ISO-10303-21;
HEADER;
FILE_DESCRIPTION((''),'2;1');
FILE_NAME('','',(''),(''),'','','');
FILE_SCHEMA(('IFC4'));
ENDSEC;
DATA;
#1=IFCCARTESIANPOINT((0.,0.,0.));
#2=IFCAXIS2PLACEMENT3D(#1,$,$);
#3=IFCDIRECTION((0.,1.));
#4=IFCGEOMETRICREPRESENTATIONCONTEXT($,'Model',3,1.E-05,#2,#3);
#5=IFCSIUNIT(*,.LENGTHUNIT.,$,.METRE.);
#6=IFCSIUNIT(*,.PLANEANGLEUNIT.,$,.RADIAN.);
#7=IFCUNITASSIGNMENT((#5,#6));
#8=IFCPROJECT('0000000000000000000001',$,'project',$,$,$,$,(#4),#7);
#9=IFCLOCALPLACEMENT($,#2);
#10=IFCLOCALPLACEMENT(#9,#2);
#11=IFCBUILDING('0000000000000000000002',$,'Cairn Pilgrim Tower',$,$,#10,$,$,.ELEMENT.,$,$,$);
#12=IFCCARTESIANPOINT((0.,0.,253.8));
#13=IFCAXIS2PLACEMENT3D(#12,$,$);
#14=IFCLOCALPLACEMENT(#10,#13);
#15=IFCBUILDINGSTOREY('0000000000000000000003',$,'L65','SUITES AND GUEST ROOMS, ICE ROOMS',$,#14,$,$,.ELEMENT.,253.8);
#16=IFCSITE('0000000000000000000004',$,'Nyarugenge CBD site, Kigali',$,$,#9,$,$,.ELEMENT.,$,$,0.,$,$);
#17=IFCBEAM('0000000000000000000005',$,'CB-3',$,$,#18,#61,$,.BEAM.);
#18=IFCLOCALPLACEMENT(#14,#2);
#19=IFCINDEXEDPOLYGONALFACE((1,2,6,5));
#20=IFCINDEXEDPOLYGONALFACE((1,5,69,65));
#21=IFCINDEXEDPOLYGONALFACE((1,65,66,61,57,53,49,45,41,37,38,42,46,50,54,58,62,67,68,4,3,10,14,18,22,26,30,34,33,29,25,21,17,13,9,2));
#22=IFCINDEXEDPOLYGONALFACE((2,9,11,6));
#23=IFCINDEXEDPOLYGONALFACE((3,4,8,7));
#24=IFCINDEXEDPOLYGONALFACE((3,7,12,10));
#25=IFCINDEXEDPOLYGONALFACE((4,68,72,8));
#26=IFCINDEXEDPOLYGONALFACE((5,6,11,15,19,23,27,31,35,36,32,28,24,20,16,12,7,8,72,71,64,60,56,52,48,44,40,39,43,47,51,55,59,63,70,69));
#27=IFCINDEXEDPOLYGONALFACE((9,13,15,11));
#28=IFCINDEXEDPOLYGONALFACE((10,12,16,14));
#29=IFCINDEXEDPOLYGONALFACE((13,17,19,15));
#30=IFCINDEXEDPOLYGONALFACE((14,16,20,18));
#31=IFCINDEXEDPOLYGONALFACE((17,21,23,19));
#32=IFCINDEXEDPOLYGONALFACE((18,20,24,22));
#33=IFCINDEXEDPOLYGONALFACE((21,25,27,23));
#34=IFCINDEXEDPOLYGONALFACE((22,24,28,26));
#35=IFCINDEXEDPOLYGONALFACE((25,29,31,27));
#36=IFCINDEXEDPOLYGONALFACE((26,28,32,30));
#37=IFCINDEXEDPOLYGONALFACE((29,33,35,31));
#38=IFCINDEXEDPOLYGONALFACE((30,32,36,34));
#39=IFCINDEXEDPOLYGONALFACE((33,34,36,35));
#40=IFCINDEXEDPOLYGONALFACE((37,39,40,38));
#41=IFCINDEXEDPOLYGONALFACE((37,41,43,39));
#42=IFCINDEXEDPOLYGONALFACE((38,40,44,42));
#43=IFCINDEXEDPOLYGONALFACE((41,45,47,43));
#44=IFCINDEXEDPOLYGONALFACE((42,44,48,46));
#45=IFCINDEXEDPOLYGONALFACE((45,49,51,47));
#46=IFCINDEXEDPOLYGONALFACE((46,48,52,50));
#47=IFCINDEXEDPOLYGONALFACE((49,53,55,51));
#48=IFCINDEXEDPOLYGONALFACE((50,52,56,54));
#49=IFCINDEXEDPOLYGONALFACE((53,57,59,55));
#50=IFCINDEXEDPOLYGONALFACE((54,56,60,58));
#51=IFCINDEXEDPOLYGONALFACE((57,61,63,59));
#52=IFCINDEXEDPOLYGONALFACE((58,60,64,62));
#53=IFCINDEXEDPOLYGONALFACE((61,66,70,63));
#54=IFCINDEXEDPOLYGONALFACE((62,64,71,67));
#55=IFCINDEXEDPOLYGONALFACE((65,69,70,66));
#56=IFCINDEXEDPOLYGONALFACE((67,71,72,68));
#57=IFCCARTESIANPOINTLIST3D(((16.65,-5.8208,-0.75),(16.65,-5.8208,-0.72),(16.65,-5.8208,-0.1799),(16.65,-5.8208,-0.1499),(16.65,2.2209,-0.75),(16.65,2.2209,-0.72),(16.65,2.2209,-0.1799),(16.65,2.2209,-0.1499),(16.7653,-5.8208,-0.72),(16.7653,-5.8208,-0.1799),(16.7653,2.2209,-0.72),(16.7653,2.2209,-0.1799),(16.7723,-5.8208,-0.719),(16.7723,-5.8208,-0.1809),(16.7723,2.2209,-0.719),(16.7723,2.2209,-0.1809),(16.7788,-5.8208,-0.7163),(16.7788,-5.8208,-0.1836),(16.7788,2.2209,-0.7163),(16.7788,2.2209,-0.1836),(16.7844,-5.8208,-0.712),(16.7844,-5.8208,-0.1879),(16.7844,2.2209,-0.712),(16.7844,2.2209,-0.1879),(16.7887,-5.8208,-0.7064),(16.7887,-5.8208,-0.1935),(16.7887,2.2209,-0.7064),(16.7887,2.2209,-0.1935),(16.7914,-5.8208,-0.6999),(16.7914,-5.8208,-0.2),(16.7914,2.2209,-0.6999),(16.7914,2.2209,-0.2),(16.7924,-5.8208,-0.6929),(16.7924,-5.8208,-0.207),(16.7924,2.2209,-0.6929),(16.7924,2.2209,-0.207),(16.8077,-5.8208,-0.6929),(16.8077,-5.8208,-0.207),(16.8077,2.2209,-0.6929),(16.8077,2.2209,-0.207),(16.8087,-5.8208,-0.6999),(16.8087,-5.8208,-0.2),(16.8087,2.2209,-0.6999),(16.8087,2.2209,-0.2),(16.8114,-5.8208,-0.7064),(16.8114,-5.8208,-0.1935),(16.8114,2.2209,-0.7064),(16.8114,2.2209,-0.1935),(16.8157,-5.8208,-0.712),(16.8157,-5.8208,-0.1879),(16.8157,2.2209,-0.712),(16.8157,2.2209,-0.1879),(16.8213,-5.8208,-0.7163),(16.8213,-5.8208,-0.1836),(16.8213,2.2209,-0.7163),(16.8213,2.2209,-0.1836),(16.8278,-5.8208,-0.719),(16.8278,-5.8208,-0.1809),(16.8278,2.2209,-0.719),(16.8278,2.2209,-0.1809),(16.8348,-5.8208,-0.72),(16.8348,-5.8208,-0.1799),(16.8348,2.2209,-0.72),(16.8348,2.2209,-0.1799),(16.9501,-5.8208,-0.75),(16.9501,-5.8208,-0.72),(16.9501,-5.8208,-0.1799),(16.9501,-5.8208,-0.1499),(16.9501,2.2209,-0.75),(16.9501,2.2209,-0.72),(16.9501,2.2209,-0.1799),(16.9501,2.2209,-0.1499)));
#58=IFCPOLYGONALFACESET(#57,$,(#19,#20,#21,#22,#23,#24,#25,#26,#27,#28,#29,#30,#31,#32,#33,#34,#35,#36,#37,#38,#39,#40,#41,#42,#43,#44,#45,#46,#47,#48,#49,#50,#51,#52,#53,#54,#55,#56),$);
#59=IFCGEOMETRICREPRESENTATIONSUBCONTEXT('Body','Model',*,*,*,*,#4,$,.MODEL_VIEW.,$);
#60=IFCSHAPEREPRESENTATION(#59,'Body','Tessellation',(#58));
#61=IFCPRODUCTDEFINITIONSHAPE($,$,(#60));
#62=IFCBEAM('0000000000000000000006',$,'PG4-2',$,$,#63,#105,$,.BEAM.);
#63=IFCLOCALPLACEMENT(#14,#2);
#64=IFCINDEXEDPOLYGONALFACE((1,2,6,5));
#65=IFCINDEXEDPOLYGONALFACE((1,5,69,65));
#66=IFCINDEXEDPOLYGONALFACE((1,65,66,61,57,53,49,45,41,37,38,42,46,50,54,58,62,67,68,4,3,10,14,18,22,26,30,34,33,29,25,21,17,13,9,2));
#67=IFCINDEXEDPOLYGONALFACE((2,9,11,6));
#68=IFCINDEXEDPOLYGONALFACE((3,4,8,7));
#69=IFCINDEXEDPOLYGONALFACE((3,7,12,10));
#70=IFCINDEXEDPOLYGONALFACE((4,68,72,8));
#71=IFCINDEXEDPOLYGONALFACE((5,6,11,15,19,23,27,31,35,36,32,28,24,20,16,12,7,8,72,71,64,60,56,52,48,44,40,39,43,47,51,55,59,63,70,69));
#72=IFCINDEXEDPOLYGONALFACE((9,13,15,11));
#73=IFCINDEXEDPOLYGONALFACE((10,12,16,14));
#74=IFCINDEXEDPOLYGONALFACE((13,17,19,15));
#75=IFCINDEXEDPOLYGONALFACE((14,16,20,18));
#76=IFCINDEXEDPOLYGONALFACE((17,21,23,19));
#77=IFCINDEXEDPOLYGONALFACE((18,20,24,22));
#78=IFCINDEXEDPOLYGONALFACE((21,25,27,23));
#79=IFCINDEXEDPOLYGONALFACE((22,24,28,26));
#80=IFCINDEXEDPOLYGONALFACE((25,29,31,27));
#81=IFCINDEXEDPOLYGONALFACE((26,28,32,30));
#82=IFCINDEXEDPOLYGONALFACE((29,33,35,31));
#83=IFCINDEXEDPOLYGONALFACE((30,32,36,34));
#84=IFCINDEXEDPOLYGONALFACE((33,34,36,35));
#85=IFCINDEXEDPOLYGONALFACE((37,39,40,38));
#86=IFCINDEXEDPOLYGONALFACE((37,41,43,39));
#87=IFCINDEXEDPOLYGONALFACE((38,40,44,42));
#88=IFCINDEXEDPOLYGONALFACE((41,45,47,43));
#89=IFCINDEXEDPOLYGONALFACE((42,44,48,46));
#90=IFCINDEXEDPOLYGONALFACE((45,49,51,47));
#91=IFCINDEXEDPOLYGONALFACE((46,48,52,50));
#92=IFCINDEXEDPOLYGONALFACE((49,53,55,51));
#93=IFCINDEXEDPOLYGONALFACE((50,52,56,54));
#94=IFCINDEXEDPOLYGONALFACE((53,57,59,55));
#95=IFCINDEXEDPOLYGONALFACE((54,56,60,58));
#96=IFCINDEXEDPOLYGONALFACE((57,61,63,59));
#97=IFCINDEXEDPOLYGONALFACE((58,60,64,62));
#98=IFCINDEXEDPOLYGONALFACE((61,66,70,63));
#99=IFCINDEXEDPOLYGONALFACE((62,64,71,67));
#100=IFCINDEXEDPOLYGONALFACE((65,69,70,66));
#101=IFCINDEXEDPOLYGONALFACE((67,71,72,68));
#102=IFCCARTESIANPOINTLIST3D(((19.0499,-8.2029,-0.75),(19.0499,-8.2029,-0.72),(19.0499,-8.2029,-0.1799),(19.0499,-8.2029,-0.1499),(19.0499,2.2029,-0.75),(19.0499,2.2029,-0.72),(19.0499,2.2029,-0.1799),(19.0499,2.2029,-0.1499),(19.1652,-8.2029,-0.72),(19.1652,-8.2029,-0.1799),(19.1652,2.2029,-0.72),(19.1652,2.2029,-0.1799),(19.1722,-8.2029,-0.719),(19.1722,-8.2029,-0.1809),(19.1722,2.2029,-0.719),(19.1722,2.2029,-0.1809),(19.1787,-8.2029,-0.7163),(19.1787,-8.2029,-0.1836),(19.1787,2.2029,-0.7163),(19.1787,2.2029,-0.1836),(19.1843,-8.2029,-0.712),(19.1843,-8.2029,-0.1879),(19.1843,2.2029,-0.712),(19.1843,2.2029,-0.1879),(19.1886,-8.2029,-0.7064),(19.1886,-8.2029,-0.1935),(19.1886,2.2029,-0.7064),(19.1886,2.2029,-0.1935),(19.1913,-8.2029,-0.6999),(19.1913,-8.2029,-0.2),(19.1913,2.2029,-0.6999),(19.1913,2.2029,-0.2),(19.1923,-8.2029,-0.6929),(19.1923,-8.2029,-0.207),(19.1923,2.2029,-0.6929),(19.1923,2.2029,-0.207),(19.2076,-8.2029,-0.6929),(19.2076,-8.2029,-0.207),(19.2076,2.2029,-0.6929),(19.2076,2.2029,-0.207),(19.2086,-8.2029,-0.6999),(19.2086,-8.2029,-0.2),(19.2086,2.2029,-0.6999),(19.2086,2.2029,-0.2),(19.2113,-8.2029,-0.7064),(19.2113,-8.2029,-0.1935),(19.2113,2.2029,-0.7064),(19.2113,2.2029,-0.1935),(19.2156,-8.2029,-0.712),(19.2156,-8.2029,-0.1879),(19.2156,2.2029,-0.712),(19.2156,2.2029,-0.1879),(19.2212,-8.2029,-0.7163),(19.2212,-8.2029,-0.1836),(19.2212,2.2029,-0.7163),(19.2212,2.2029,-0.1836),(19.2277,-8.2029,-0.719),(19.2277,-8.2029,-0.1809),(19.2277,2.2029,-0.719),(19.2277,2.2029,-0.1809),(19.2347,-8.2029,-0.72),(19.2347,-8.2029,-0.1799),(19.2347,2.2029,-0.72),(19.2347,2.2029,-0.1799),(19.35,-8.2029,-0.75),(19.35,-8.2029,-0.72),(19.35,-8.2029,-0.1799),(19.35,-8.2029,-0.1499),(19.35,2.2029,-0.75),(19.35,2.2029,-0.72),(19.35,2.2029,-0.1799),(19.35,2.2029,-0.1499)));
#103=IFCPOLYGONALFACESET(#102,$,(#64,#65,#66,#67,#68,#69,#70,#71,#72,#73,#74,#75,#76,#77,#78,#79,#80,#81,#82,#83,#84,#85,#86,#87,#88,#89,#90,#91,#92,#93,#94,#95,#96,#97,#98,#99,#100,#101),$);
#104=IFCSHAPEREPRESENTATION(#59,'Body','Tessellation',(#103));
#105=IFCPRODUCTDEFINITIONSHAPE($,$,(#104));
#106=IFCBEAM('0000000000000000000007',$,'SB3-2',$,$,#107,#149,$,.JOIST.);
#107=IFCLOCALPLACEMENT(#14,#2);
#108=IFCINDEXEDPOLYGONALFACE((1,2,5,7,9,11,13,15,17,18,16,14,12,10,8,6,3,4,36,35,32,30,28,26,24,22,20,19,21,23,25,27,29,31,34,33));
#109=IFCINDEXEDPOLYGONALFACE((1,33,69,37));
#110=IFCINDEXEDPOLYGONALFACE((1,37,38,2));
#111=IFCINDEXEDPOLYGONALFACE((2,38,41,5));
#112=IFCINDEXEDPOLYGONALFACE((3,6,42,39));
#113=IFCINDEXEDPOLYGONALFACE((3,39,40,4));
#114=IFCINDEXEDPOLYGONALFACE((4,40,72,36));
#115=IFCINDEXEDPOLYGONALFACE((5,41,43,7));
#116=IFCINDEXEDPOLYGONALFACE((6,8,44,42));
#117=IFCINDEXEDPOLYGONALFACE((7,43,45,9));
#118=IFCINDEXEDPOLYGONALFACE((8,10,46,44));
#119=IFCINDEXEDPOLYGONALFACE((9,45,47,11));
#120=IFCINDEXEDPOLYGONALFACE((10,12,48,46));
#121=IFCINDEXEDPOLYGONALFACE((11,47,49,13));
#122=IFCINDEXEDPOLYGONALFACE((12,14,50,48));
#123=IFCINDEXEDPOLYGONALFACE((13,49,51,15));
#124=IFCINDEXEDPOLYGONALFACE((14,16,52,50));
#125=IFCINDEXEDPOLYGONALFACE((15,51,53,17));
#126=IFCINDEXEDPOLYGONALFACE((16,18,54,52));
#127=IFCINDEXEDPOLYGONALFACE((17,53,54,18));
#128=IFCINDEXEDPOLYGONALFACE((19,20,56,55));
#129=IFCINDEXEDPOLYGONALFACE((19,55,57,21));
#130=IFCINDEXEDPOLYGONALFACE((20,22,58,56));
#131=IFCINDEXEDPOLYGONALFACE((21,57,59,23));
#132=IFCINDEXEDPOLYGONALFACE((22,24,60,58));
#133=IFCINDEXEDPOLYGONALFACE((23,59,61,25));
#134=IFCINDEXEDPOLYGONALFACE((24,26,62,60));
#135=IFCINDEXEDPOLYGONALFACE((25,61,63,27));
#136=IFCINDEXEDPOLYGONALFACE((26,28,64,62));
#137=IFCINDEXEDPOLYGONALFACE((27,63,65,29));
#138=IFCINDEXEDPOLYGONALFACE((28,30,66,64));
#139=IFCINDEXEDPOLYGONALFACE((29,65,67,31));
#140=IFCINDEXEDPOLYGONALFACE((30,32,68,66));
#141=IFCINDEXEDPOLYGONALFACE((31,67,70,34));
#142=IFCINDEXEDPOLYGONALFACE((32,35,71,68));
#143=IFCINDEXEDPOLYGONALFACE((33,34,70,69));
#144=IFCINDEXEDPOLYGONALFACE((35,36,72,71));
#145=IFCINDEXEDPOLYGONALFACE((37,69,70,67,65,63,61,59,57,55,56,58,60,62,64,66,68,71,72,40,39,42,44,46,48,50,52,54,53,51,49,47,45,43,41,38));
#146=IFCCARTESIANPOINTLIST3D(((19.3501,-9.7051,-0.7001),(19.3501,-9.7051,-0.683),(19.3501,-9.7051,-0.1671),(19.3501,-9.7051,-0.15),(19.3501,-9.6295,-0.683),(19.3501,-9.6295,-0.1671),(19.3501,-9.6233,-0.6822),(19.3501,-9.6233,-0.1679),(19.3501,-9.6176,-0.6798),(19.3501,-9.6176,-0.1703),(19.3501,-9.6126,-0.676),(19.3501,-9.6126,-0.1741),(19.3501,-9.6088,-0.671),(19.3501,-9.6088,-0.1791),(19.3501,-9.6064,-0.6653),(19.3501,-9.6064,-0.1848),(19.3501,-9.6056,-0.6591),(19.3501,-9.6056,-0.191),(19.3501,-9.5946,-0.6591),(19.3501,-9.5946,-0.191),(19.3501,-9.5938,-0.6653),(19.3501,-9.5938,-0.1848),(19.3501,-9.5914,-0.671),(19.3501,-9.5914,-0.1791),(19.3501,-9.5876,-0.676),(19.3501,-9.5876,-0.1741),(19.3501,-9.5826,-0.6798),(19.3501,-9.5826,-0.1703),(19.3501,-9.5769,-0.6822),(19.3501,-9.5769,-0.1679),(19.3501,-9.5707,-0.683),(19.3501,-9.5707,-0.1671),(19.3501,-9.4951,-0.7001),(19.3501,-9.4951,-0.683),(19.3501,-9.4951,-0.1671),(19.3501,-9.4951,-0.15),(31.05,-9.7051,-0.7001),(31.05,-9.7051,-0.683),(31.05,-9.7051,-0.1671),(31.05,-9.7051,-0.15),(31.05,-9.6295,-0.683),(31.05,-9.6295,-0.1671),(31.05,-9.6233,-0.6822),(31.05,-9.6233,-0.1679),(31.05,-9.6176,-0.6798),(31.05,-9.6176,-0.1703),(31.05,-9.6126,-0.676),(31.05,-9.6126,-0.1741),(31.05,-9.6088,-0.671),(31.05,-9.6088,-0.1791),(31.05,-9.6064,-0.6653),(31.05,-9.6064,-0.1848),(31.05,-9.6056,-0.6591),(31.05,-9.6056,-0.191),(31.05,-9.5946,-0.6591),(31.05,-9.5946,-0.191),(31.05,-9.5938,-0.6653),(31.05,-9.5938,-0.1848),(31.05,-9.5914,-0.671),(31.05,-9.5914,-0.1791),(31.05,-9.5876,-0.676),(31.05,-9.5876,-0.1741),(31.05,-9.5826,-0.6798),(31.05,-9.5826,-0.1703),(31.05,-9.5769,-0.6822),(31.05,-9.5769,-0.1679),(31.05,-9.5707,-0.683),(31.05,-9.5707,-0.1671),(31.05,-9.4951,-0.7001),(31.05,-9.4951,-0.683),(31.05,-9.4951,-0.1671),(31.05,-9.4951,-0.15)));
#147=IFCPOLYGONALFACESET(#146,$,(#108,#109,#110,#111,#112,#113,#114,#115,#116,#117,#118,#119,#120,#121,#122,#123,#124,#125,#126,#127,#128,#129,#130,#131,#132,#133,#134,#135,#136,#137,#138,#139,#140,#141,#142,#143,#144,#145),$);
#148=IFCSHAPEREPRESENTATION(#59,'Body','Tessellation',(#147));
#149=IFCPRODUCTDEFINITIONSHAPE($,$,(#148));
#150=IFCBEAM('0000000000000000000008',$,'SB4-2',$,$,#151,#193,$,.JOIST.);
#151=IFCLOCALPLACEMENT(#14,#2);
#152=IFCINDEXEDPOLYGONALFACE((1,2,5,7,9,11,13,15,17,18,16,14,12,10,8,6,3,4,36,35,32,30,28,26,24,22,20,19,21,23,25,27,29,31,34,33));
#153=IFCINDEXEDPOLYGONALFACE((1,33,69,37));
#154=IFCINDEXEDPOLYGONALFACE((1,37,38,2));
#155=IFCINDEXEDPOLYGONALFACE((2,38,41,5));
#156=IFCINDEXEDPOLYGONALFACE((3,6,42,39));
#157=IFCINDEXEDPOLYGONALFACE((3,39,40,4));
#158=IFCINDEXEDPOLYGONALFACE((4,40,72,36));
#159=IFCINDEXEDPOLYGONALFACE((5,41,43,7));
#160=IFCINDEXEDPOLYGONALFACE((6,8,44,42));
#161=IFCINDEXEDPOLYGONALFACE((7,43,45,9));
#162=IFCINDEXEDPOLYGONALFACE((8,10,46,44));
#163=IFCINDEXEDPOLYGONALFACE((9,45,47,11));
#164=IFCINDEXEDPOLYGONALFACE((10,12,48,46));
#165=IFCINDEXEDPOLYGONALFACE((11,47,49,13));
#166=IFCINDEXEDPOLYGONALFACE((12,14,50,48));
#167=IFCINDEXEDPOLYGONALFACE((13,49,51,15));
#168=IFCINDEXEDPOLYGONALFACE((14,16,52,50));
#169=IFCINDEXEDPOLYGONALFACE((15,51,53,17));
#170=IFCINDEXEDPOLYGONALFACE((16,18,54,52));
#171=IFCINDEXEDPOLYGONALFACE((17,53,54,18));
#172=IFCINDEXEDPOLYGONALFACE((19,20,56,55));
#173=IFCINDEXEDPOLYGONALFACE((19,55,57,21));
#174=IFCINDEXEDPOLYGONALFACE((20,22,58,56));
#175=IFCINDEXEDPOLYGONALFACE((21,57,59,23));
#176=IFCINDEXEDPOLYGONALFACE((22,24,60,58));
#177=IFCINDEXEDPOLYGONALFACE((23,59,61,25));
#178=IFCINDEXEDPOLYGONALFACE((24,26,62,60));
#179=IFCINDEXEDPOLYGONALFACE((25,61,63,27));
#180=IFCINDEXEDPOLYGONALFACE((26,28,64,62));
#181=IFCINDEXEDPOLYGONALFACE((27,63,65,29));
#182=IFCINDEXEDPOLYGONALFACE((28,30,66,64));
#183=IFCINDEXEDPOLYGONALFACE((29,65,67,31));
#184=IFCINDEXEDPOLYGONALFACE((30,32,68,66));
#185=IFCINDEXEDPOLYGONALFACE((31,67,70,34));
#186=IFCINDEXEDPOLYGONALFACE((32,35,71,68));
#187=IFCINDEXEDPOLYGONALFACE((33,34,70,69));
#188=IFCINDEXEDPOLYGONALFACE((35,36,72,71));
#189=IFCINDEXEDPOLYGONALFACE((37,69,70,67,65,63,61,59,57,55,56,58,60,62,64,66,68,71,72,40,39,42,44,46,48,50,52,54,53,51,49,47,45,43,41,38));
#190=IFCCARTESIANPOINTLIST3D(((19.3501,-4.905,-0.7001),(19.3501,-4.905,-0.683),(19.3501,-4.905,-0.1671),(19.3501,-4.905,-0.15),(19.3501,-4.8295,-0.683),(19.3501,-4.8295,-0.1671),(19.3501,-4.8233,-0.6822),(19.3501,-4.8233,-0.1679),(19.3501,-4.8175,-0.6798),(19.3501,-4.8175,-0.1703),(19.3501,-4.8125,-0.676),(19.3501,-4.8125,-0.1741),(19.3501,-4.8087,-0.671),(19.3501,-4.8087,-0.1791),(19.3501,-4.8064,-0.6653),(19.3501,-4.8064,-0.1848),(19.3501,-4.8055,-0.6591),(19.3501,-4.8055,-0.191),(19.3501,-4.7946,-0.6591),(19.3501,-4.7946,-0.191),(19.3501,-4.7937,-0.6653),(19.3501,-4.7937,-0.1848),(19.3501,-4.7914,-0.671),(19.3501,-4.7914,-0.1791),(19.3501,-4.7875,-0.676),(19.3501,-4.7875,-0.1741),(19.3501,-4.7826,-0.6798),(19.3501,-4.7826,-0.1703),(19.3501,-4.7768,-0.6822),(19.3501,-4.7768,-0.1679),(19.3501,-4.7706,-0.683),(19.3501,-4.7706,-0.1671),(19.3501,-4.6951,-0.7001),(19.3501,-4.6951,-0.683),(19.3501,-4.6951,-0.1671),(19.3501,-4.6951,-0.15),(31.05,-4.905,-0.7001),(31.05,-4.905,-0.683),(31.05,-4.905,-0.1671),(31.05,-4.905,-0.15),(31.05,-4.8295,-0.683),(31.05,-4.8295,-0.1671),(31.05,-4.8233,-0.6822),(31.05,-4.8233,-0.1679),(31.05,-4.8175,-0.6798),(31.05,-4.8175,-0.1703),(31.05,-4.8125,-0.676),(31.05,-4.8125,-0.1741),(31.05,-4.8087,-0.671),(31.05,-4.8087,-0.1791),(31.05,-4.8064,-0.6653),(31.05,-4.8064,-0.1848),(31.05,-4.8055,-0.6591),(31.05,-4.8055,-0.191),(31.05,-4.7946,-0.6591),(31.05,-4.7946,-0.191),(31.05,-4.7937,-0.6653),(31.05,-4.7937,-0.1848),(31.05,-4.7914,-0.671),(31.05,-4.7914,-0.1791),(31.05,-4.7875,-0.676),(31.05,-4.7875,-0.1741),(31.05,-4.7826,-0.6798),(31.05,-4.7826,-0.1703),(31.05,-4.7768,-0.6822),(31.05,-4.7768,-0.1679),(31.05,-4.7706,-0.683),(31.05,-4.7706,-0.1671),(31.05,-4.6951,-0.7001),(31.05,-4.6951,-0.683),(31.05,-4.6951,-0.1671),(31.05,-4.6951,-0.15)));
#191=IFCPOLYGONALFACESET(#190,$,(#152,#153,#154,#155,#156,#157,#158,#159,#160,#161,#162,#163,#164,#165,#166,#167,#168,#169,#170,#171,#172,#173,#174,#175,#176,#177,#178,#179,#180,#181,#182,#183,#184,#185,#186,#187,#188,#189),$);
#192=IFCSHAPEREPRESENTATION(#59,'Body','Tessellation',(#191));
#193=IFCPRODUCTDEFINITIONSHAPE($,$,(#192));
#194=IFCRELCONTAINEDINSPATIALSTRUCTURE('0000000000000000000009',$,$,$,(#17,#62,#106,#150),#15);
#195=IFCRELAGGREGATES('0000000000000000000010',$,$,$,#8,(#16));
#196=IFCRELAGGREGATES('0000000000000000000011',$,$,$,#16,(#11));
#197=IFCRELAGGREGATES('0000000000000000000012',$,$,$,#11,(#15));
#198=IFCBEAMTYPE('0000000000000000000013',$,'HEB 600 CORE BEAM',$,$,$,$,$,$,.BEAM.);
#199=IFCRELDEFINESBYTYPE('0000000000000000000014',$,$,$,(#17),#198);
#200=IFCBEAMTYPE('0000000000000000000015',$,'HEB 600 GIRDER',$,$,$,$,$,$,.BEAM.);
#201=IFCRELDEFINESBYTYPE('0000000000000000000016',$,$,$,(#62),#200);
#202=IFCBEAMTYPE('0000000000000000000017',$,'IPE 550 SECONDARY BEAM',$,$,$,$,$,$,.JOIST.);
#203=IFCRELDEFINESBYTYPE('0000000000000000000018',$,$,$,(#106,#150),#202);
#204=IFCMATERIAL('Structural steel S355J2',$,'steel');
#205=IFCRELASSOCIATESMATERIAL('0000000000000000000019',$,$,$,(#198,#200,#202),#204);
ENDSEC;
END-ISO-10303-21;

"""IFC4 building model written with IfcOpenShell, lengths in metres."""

from ifc_helpers import new_model, si_unit, direction, frame, origin, origin_2d, place, context, subcontext, project, spatial, i_section, extrude, material, material_profile, profile_set, type_object, element, save


model = new_model("IFC4")

# Units and contexts
model_context = context("Model", 3, precision=1e-05, world=origin(), true_north=direction((0.0, 1.0)))
body_context = subcontext(model_context, "Body", "Model", "MODEL_VIEW")
ifc_project = project(units=[si_unit("LENGTHUNIT", "METRE"), si_unit("PLANEANGLEUNIT", "RADIAN")], contexts=[model_context])

# Site, building, storey
site_placement = place(None, origin())
site = spatial("IfcSite", under=ifc_project, at=site_placement, Name="Nyarugenge CBD site, Kigali", CompositionType="ELEMENT", RefElevation=0.0)
building_placement = place(site_placement, origin())
building = spatial("IfcBuilding", under=site, at=building_placement, Name="Cairn Pilgrim Tower", CompositionType="ELEMENT")
storey_placement = place(building_placement, frame((0.0, 0.0, 253.8)))
storey = spatial("IfcBuildingStorey", under=building, at=storey_placement, Name="L65", Description="SUITES AND GUEST ROOMS, ICE ROOMS", CompositionType="ELEMENT", Elevation=253.8)

# Shared definitions
ifc_material_1 = material(Name="Structural steel S355J2", Category="steel")

# Beams
ifc_material_profile_1 = material_profile(ifc_material_1, i_section(OverallWidth=0.3, OverallDepth=0.6001, WebThickness=0.0154, FlangeThickness=0.03, FilletRadius=0.0271, at=origin_2d()), Name="HEB 600")
ifc_profile_set_1 = profile_set([ifc_material_profile_1], Name="Structural steel S355J2")
beam_type_1 = type_object("IfcBeamType", Name="HEB 600 CORE BEAM", PredefinedType="BEAM", material=ifc_profile_set_1)
beam_1_placement = place(storey_placement, frame((16.8, -5.8208, -0.45), z_axis=(0.0, 1.0, 0.0), x_axis=(-1.0, 0.0, 0.0)))
element("IfcBeam", 1, at=beam_1_placement, inside=storey, type_object=beam_type_1, Name="CB-3", PredefinedType="BEAM", context=body_context, shape_type="SweptSolid", body=[
    extrude(i_section(OverallWidth=0.3, OverallDepth=0.6001, WebThickness=0.0154, FlangeThickness=0.03, FilletRadius=0.0271, at=origin_2d()), origin(), (0.0, 0.0, 1.0), 8.0417),
])
ifc_material_profile_2 = material_profile(ifc_material_1, i_section(OverallWidth=0.3, OverallDepth=0.6001, WebThickness=0.0154, FlangeThickness=0.03, FilletRadius=0.0271, at=origin_2d()), Name="HEB 600")
ifc_profile_set_2 = profile_set([ifc_material_profile_2], Name="Structural steel S355J2")
beam_type_2 = type_object("IfcBeamType", Name="HEB 600 GIRDER", PredefinedType="BEAM", material=ifc_profile_set_2)
beam_2_placement = place(storey_placement, frame((19.2, -8.2029, -0.45), z_axis=(0.0, 1.0, 0.0), x_axis=(-1.0, 0.0, 0.0)))
element("IfcBeam", 2, at=beam_2_placement, inside=storey, type_object=beam_type_2, Name="PG4-2", PredefinedType="BEAM", context=body_context, shape_type="SweptSolid", body=[
    extrude(i_section(OverallWidth=0.3, OverallDepth=0.6001, WebThickness=0.0154, FlangeThickness=0.03, FilletRadius=0.0271, at=origin_2d()), origin(), (0.0, 0.0, 1.0), 10.4058),
])
ifc_material_profile_3 = material_profile(ifc_material_1, i_section(OverallWidth=0.21, OverallDepth=0.55, WebThickness=0.011, FlangeThickness=0.0171, FilletRadius=0.0239, at=origin_2d()), Name="IPE 550")
ifc_profile_set_3 = profile_set([ifc_material_profile_3], Name="Structural steel S355J2")
beam_type_3 = type_object("IfcBeamType", Name="IPE 550 SECONDARY BEAM", PredefinedType="JOIST", material=ifc_profile_set_3)
for number, where, z_axis, x_axis, name in (
    (3, (19.3501, -9.6001, -0.425), (1.0, 0.0, 0.0), (0.0, 1.0, 0.0), "SB3-2"),
    (4, (19.3501, -4.8, -0.425), (1.0, 0.0, 0.0), (0.0, 1.0, 0.0), "SB4-2"),
):
    element("IfcBeam", number, at=place(storey_placement, frame(where, z_axis=z_axis, x_axis=x_axis)), inside=storey, type_object=beam_type_3, Name=name, PredefinedType="JOIST", context=body_context, shape_type="SweptSolid", body=[
        extrude(i_section(OverallWidth=0.21, OverallDepth=0.55, WebThickness=0.011, FlangeThickness=0.0171, FilletRadius=0.0239, at=origin_2d()), origin(), (0.0, 0.0, 1.0), 11.7),
    ])

save(model, "model.ifc")
